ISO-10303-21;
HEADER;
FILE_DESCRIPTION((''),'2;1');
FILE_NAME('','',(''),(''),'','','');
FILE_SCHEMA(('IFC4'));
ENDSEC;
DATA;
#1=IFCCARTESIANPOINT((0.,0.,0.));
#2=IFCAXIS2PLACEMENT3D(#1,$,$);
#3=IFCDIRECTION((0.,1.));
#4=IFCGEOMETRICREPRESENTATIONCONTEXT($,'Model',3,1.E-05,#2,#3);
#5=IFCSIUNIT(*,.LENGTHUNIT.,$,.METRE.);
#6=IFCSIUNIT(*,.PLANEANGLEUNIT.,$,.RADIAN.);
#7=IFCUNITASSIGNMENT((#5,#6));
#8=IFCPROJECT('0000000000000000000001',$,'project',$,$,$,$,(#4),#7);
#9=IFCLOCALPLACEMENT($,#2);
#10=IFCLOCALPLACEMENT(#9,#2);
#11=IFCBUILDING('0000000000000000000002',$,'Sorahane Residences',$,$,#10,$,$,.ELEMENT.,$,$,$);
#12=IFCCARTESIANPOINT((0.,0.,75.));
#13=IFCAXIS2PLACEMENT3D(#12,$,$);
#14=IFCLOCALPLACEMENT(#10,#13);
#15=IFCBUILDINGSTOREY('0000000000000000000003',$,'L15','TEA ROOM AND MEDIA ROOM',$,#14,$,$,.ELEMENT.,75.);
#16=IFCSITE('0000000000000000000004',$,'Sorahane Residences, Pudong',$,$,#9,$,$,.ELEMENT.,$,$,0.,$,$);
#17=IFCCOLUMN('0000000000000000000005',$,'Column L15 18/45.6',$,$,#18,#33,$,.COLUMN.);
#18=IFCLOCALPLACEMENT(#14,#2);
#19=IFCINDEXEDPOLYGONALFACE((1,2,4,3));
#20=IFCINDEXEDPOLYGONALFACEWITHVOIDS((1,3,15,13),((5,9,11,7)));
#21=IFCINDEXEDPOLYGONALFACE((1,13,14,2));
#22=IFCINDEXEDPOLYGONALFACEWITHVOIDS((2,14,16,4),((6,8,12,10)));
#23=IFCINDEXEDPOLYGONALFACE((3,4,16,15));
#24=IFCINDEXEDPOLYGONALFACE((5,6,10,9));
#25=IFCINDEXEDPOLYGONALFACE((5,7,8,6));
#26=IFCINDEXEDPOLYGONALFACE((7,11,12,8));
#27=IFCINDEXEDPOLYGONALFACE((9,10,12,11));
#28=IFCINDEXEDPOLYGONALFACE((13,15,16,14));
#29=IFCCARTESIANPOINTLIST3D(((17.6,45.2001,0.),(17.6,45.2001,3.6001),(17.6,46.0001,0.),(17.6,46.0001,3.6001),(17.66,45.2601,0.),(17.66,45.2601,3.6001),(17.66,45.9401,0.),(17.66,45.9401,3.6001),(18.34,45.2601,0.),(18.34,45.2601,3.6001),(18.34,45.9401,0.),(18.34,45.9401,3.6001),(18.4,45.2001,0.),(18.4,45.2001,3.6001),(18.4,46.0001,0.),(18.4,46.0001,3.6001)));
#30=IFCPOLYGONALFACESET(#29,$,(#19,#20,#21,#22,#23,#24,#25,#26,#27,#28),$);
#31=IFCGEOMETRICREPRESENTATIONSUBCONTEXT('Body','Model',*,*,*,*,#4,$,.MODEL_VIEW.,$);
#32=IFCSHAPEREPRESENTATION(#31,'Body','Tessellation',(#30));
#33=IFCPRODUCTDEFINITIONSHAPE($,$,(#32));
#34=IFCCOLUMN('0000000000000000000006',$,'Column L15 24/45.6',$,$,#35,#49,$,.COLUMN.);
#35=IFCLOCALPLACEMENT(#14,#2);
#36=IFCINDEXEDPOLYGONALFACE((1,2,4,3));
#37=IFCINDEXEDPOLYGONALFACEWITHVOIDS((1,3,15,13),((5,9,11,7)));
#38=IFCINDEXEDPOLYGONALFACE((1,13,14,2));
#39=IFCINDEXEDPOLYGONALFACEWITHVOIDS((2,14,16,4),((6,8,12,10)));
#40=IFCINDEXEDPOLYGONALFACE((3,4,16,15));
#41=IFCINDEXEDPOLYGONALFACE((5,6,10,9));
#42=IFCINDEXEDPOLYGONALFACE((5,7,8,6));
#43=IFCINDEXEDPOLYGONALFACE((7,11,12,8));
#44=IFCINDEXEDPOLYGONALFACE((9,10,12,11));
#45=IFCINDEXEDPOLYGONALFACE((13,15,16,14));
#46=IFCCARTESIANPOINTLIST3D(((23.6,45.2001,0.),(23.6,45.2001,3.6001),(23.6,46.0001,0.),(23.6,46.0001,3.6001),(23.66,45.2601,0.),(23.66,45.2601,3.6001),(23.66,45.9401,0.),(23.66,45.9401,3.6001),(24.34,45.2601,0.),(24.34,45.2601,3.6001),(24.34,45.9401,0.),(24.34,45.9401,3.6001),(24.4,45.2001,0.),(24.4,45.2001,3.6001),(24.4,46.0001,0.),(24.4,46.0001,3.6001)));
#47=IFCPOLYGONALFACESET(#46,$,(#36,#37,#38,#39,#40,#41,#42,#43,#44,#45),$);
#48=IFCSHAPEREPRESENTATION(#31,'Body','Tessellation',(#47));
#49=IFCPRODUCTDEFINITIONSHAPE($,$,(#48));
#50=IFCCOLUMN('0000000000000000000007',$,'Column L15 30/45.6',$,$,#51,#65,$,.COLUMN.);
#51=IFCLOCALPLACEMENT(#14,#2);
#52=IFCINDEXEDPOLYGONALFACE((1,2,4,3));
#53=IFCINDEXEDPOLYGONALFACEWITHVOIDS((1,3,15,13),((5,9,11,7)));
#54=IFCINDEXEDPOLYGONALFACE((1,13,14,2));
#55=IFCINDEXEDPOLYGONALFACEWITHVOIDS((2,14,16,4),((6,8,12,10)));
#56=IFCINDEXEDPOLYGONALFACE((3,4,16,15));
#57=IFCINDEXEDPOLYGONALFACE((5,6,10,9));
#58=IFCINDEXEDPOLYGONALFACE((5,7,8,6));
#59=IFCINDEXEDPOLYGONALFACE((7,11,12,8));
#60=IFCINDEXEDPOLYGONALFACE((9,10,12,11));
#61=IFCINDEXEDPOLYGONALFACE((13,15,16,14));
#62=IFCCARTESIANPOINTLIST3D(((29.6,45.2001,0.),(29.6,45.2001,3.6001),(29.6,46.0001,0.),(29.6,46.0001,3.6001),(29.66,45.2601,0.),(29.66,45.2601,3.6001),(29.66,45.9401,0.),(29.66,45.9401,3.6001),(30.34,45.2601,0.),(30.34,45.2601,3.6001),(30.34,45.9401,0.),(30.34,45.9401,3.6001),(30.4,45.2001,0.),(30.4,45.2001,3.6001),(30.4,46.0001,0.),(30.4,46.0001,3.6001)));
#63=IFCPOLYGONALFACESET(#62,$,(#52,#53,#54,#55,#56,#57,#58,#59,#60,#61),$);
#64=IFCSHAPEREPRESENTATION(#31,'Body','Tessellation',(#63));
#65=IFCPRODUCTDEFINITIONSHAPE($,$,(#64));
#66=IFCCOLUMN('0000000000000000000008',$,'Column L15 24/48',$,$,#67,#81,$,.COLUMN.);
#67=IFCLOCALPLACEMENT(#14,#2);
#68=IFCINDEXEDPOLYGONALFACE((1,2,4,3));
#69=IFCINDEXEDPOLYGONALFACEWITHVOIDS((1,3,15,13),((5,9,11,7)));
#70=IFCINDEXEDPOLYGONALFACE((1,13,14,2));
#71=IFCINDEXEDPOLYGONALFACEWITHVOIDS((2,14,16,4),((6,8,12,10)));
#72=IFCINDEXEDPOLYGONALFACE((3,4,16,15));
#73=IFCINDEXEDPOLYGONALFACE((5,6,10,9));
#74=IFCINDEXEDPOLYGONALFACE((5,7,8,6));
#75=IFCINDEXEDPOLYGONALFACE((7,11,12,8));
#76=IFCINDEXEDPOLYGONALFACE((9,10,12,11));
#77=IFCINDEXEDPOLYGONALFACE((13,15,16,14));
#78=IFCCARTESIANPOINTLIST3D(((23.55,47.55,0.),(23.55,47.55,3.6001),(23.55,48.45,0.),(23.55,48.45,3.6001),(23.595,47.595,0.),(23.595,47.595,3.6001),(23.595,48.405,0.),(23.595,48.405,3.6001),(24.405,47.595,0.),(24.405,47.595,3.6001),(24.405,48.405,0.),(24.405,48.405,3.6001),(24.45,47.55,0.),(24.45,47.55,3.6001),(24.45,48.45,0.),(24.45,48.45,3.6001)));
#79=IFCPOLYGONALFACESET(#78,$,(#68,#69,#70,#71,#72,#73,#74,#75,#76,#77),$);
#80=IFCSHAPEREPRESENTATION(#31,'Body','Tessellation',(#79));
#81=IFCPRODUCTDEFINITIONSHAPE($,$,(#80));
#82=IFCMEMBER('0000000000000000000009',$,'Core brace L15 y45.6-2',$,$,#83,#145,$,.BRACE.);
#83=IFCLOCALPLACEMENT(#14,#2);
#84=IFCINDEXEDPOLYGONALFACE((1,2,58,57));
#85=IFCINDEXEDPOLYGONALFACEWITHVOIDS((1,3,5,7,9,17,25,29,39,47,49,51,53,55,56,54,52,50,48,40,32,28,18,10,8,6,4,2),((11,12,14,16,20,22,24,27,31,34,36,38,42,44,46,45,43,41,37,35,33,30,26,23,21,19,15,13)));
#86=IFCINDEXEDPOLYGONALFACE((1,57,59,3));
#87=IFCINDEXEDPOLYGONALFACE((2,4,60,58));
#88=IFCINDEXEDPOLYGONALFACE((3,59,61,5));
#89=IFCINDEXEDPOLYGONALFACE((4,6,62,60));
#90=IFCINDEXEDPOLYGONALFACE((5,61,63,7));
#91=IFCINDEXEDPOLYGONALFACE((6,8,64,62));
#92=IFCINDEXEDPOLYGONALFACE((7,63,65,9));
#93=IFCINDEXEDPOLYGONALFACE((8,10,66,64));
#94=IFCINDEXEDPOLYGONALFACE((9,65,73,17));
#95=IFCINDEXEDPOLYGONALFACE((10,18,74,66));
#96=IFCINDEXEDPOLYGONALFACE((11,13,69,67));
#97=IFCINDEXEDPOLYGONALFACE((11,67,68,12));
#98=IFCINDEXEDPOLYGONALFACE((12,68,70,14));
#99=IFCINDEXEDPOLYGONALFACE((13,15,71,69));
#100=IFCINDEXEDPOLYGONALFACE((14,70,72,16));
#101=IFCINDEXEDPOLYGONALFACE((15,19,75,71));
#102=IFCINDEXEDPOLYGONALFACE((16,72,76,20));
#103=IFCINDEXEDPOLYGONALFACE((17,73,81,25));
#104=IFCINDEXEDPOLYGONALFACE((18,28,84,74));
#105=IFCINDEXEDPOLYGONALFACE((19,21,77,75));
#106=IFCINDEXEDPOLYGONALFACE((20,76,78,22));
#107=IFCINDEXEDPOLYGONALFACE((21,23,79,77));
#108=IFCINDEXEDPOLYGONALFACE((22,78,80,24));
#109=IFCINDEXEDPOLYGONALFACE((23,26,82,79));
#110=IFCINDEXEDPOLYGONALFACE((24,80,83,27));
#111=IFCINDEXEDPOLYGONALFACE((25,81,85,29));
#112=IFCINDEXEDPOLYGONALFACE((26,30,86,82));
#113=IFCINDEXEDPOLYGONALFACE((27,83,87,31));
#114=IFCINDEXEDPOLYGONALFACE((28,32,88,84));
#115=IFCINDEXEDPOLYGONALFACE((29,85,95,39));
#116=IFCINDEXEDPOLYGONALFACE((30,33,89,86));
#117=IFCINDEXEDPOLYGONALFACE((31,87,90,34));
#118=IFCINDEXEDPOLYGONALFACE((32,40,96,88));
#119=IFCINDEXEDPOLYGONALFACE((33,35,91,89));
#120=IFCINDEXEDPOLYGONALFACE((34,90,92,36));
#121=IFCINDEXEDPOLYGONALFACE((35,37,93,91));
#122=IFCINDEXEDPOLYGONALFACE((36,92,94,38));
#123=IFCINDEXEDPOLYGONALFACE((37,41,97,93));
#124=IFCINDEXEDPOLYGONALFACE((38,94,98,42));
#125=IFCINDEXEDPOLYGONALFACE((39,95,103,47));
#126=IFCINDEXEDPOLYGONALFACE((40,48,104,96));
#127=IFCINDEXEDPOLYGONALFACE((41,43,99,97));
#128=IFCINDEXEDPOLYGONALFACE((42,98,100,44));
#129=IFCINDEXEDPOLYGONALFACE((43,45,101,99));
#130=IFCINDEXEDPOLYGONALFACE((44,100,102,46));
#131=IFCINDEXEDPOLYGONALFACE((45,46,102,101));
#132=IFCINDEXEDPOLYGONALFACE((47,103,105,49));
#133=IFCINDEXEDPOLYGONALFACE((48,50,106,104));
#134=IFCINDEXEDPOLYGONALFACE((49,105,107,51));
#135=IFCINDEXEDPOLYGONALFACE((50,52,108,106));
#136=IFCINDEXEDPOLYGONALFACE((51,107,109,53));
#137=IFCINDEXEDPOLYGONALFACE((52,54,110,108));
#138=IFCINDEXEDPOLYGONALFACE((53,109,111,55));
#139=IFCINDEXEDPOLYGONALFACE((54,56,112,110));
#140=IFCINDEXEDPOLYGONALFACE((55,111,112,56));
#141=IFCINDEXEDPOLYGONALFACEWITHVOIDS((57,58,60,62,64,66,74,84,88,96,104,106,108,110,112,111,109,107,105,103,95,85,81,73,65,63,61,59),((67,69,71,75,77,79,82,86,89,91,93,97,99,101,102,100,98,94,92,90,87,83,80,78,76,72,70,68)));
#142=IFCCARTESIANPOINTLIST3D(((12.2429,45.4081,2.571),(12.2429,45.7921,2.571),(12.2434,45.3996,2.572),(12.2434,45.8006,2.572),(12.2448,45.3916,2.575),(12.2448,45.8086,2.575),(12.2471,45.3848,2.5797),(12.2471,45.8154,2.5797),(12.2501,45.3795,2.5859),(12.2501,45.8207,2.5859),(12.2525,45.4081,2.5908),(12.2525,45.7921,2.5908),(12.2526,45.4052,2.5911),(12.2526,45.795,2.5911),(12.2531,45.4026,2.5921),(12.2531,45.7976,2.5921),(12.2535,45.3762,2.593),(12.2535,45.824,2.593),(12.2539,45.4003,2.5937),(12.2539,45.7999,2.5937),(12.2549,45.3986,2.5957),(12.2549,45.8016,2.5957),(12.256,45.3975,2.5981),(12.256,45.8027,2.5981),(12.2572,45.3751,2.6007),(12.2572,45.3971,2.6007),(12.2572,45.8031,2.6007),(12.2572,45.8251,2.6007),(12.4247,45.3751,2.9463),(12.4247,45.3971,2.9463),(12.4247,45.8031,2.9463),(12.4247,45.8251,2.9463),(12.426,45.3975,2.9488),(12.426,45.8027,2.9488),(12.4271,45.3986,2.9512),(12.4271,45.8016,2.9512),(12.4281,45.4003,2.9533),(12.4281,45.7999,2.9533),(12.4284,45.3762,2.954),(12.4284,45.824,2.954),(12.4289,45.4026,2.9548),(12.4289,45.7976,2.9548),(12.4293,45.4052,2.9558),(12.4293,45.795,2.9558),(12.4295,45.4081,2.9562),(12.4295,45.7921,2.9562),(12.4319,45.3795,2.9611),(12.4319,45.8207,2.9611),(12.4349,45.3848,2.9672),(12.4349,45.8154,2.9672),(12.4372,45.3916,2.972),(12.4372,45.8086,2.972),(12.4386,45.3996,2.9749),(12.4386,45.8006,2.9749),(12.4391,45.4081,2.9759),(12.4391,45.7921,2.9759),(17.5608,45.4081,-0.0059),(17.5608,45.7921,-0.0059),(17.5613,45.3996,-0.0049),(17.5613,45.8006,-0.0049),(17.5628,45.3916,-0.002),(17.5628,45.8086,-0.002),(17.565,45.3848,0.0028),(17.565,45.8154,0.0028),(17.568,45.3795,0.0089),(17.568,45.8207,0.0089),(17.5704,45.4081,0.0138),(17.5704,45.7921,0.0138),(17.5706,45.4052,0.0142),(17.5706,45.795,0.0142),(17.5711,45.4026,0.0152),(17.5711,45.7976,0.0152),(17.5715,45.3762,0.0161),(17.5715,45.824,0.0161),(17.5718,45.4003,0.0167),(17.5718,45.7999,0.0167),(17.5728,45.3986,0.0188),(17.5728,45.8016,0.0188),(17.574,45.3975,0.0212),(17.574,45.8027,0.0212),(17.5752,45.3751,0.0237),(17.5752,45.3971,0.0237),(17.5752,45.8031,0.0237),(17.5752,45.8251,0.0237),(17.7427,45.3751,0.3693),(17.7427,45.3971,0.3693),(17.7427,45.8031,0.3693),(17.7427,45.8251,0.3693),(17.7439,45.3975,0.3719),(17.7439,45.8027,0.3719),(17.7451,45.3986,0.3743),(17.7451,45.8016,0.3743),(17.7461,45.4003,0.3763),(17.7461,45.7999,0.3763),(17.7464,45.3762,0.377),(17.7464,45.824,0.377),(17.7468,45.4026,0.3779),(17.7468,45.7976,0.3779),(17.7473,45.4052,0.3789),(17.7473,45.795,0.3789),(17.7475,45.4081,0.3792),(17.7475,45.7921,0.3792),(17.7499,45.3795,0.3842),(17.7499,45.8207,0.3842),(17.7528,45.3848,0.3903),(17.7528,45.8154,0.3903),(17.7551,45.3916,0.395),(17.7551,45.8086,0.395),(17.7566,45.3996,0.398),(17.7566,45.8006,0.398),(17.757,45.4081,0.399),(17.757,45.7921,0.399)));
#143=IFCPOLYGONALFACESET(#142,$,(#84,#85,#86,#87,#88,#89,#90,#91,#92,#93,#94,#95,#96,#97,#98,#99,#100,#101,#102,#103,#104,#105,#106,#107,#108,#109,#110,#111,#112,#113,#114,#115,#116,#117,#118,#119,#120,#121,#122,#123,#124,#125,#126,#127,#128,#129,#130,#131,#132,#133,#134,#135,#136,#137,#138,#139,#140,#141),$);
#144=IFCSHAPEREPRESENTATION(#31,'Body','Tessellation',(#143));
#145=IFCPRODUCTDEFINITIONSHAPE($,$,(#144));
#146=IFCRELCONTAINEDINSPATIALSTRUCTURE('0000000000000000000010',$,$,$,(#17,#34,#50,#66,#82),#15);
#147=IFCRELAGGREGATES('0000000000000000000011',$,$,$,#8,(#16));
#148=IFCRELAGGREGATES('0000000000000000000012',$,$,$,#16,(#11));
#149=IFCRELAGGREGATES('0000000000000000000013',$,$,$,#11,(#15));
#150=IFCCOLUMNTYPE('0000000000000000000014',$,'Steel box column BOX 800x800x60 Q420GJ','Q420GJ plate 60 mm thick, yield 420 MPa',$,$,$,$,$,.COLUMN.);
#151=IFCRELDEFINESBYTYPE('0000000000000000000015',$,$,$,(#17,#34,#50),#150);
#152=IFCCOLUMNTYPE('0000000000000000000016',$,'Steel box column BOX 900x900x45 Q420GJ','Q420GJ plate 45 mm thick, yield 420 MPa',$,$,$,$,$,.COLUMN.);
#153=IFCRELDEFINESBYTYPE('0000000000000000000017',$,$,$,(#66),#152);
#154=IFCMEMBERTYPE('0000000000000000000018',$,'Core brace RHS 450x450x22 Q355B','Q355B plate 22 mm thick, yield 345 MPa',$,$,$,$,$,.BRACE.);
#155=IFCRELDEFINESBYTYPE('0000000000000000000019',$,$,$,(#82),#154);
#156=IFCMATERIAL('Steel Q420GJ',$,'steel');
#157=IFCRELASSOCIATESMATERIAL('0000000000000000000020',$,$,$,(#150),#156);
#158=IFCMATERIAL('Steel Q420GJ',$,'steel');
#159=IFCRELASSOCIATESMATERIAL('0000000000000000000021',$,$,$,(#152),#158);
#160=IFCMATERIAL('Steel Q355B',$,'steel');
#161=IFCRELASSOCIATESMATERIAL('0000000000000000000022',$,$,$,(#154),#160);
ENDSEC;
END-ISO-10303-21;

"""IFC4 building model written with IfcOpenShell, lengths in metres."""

from ifc_helpers import new_model, si_unit, direction, frame, origin, origin_2d, place, context, subcontext, project, spatial, hollow_rectangle, extrude, material, material_profile, profile_set, type_object, element, save


model = new_model("IFC4")

# Units and contexts
model_context = context("Model", 3, precision=1e-05, world=origin(), true_north=direction((0.0, 1.0)))
body_context = subcontext(model_context, "Body", "Model", "MODEL_VIEW")
ifc_project = project(units=[si_unit("LENGTHUNIT", "METRE"), si_unit("PLANEANGLEUNIT", "RADIAN")], contexts=[model_context])

# Site, building, storey
site_placement = place(None, origin())
site = spatial("IfcSite", under=ifc_project, at=site_placement, Name="Sorahane Residences, Pudong", CompositionType="ELEMENT", RefElevation=0.0)
building_placement = place(site_placement, origin())
building = spatial("IfcBuilding", under=site, at=building_placement, Name="Sorahane Residences", CompositionType="ELEMENT")
storey_placement = place(building_placement, frame((0.0, 0.0, 75.0)))
storey = spatial("IfcBuildingStorey", under=building, at=storey_placement, Name="L15", Description="TEA ROOM AND MEDIA ROOM", CompositionType="ELEMENT", Elevation=75.0)

# Columns
ifc_material_1 = material(Name="Steel Q420GJ", Category="steel")
ifc_material_profile_1 = material_profile(ifc_material_1, hollow_rectangle(XDim=0.8, YDim=0.8, WallThickness=0.0601, at=origin_2d()), Name="BOX 800x800x60")
ifc_profile_set_1 = profile_set([ifc_material_profile_1], Name="Steel Q420GJ")
column_type_1 = type_object("IfcColumnType", Name="Steel box column BOX 800x800x60 Q420GJ", Description="Q420GJ plate 60 mm thick, yield 420 MPa", PredefinedType="COLUMN", material=ifc_profile_set_1)
for number, where, z_axis, x_axis, name in (
    (1, (18.0, 45.6001, 0.0), (0.0, 0.0, 1.0), (1.0, 0.0, 0.0), "Column L15 18/45.6"),
    (2, (24.0, 45.6001, 0.0), (0.0, 0.0, 1.0), (1.0, 0.0, 0.0), "Column L15 24/45.6"),
    (3, (30.0, 45.6001, 0.0), (0.0, 0.0, 1.0), (1.0, 0.0, 0.0), "Column L15 30/45.6"),
):
    element("IfcColumn", number, at=place(storey_placement, frame(where, z_axis=z_axis, x_axis=x_axis)), inside=storey, type_object=column_type_1, Name=name, PredefinedType="COLUMN", context=body_context, shape_type="SweptSolid", body=[
        extrude(hollow_rectangle(XDim=0.8, YDim=0.8, WallThickness=0.0601, at=origin_2d()), origin(), (0.0, 0.0, 1.0), 3.6001),
    ])
ifc_material_2 = material(Name="Steel Q420GJ", Category="steel")
ifc_material_profile_2 = material_profile(ifc_material_2, hollow_rectangle(XDim=0.8999, YDim=0.8999, WallThickness=0.0449, at=origin_2d()), Name="BOX 900x900x45")
ifc_profile_set_2 = profile_set([ifc_material_profile_2], Name="Steel Q420GJ")
column_type_2 = type_object("IfcColumnType", Name="Steel box column BOX 900x900x45 Q420GJ", Description="Q420GJ plate 45 mm thick, yield 420 MPa", PredefinedType="COLUMN", material=ifc_profile_set_2)
column_placement = place(storey_placement, frame((24.0, 48.0, 0.0), z_axis=(0.0, 0.0, 1.0), x_axis=(1.0, 0.0, 0.0)))
element("IfcColumn", 4, at=column_placement, inside=storey, type_object=column_type_2, Name="Column L15 24/48", PredefinedType="COLUMN", context=body_context, shape_type="SweptSolid", body=[
    extrude(hollow_rectangle(XDim=0.8999, YDim=0.8999, WallThickness=0.0449, at=origin_2d()), origin(), (0.0, 0.0, 1.0), 3.6001),
])

# Member
ifc_material_3 = material(Name="Steel Q355B", Category="steel")
ifc_material_profile_3 = material_profile(ifc_material_3, hollow_rectangle(XDim=0.45, YDim=0.45, WallThickness=0.022, InnerFilletRadius=0.011, OuterFilletRadius=0.033, at=origin_2d()), Name="RHS 450x450x22")
ifc_profile_set_3 = profile_set([ifc_material_profile_3], Name="Steel Q355B")
member_type_1 = type_object("IfcMemberType", Name="Core brace RHS 450x450x22 Q355B", Description="Q355B plate 22 mm thick, yield 345 MPa", PredefinedType="BRACE", material=ifc_profile_set_3)
for number, where, z_axis, x_axis, name in (
    (5, (17.6589, 45.6001, 0.1965), (-0.899911, 0.0, 0.436074), (0.0, -1.0, 0.0), "Core brace L15 y45.6-2"),
):
    element("IfcMember", number, at=place(storey_placement, frame(where, z_axis=z_axis, x_axis=x_axis)), inside=storey, type_object=member_type_1, Name=name, PredefinedType="BRACE", context=body_context, shape_type="SweptSolid", body=[
        extrude(hollow_rectangle(XDim=0.45, YDim=0.45, WallThickness=0.022, InnerFilletRadius=0.011, OuterFilletRadius=0.033, at=origin_2d()), origin(), (0.0, 0.0, 1.0), 5.9094),
    ])

save(model, "model.ifc")
